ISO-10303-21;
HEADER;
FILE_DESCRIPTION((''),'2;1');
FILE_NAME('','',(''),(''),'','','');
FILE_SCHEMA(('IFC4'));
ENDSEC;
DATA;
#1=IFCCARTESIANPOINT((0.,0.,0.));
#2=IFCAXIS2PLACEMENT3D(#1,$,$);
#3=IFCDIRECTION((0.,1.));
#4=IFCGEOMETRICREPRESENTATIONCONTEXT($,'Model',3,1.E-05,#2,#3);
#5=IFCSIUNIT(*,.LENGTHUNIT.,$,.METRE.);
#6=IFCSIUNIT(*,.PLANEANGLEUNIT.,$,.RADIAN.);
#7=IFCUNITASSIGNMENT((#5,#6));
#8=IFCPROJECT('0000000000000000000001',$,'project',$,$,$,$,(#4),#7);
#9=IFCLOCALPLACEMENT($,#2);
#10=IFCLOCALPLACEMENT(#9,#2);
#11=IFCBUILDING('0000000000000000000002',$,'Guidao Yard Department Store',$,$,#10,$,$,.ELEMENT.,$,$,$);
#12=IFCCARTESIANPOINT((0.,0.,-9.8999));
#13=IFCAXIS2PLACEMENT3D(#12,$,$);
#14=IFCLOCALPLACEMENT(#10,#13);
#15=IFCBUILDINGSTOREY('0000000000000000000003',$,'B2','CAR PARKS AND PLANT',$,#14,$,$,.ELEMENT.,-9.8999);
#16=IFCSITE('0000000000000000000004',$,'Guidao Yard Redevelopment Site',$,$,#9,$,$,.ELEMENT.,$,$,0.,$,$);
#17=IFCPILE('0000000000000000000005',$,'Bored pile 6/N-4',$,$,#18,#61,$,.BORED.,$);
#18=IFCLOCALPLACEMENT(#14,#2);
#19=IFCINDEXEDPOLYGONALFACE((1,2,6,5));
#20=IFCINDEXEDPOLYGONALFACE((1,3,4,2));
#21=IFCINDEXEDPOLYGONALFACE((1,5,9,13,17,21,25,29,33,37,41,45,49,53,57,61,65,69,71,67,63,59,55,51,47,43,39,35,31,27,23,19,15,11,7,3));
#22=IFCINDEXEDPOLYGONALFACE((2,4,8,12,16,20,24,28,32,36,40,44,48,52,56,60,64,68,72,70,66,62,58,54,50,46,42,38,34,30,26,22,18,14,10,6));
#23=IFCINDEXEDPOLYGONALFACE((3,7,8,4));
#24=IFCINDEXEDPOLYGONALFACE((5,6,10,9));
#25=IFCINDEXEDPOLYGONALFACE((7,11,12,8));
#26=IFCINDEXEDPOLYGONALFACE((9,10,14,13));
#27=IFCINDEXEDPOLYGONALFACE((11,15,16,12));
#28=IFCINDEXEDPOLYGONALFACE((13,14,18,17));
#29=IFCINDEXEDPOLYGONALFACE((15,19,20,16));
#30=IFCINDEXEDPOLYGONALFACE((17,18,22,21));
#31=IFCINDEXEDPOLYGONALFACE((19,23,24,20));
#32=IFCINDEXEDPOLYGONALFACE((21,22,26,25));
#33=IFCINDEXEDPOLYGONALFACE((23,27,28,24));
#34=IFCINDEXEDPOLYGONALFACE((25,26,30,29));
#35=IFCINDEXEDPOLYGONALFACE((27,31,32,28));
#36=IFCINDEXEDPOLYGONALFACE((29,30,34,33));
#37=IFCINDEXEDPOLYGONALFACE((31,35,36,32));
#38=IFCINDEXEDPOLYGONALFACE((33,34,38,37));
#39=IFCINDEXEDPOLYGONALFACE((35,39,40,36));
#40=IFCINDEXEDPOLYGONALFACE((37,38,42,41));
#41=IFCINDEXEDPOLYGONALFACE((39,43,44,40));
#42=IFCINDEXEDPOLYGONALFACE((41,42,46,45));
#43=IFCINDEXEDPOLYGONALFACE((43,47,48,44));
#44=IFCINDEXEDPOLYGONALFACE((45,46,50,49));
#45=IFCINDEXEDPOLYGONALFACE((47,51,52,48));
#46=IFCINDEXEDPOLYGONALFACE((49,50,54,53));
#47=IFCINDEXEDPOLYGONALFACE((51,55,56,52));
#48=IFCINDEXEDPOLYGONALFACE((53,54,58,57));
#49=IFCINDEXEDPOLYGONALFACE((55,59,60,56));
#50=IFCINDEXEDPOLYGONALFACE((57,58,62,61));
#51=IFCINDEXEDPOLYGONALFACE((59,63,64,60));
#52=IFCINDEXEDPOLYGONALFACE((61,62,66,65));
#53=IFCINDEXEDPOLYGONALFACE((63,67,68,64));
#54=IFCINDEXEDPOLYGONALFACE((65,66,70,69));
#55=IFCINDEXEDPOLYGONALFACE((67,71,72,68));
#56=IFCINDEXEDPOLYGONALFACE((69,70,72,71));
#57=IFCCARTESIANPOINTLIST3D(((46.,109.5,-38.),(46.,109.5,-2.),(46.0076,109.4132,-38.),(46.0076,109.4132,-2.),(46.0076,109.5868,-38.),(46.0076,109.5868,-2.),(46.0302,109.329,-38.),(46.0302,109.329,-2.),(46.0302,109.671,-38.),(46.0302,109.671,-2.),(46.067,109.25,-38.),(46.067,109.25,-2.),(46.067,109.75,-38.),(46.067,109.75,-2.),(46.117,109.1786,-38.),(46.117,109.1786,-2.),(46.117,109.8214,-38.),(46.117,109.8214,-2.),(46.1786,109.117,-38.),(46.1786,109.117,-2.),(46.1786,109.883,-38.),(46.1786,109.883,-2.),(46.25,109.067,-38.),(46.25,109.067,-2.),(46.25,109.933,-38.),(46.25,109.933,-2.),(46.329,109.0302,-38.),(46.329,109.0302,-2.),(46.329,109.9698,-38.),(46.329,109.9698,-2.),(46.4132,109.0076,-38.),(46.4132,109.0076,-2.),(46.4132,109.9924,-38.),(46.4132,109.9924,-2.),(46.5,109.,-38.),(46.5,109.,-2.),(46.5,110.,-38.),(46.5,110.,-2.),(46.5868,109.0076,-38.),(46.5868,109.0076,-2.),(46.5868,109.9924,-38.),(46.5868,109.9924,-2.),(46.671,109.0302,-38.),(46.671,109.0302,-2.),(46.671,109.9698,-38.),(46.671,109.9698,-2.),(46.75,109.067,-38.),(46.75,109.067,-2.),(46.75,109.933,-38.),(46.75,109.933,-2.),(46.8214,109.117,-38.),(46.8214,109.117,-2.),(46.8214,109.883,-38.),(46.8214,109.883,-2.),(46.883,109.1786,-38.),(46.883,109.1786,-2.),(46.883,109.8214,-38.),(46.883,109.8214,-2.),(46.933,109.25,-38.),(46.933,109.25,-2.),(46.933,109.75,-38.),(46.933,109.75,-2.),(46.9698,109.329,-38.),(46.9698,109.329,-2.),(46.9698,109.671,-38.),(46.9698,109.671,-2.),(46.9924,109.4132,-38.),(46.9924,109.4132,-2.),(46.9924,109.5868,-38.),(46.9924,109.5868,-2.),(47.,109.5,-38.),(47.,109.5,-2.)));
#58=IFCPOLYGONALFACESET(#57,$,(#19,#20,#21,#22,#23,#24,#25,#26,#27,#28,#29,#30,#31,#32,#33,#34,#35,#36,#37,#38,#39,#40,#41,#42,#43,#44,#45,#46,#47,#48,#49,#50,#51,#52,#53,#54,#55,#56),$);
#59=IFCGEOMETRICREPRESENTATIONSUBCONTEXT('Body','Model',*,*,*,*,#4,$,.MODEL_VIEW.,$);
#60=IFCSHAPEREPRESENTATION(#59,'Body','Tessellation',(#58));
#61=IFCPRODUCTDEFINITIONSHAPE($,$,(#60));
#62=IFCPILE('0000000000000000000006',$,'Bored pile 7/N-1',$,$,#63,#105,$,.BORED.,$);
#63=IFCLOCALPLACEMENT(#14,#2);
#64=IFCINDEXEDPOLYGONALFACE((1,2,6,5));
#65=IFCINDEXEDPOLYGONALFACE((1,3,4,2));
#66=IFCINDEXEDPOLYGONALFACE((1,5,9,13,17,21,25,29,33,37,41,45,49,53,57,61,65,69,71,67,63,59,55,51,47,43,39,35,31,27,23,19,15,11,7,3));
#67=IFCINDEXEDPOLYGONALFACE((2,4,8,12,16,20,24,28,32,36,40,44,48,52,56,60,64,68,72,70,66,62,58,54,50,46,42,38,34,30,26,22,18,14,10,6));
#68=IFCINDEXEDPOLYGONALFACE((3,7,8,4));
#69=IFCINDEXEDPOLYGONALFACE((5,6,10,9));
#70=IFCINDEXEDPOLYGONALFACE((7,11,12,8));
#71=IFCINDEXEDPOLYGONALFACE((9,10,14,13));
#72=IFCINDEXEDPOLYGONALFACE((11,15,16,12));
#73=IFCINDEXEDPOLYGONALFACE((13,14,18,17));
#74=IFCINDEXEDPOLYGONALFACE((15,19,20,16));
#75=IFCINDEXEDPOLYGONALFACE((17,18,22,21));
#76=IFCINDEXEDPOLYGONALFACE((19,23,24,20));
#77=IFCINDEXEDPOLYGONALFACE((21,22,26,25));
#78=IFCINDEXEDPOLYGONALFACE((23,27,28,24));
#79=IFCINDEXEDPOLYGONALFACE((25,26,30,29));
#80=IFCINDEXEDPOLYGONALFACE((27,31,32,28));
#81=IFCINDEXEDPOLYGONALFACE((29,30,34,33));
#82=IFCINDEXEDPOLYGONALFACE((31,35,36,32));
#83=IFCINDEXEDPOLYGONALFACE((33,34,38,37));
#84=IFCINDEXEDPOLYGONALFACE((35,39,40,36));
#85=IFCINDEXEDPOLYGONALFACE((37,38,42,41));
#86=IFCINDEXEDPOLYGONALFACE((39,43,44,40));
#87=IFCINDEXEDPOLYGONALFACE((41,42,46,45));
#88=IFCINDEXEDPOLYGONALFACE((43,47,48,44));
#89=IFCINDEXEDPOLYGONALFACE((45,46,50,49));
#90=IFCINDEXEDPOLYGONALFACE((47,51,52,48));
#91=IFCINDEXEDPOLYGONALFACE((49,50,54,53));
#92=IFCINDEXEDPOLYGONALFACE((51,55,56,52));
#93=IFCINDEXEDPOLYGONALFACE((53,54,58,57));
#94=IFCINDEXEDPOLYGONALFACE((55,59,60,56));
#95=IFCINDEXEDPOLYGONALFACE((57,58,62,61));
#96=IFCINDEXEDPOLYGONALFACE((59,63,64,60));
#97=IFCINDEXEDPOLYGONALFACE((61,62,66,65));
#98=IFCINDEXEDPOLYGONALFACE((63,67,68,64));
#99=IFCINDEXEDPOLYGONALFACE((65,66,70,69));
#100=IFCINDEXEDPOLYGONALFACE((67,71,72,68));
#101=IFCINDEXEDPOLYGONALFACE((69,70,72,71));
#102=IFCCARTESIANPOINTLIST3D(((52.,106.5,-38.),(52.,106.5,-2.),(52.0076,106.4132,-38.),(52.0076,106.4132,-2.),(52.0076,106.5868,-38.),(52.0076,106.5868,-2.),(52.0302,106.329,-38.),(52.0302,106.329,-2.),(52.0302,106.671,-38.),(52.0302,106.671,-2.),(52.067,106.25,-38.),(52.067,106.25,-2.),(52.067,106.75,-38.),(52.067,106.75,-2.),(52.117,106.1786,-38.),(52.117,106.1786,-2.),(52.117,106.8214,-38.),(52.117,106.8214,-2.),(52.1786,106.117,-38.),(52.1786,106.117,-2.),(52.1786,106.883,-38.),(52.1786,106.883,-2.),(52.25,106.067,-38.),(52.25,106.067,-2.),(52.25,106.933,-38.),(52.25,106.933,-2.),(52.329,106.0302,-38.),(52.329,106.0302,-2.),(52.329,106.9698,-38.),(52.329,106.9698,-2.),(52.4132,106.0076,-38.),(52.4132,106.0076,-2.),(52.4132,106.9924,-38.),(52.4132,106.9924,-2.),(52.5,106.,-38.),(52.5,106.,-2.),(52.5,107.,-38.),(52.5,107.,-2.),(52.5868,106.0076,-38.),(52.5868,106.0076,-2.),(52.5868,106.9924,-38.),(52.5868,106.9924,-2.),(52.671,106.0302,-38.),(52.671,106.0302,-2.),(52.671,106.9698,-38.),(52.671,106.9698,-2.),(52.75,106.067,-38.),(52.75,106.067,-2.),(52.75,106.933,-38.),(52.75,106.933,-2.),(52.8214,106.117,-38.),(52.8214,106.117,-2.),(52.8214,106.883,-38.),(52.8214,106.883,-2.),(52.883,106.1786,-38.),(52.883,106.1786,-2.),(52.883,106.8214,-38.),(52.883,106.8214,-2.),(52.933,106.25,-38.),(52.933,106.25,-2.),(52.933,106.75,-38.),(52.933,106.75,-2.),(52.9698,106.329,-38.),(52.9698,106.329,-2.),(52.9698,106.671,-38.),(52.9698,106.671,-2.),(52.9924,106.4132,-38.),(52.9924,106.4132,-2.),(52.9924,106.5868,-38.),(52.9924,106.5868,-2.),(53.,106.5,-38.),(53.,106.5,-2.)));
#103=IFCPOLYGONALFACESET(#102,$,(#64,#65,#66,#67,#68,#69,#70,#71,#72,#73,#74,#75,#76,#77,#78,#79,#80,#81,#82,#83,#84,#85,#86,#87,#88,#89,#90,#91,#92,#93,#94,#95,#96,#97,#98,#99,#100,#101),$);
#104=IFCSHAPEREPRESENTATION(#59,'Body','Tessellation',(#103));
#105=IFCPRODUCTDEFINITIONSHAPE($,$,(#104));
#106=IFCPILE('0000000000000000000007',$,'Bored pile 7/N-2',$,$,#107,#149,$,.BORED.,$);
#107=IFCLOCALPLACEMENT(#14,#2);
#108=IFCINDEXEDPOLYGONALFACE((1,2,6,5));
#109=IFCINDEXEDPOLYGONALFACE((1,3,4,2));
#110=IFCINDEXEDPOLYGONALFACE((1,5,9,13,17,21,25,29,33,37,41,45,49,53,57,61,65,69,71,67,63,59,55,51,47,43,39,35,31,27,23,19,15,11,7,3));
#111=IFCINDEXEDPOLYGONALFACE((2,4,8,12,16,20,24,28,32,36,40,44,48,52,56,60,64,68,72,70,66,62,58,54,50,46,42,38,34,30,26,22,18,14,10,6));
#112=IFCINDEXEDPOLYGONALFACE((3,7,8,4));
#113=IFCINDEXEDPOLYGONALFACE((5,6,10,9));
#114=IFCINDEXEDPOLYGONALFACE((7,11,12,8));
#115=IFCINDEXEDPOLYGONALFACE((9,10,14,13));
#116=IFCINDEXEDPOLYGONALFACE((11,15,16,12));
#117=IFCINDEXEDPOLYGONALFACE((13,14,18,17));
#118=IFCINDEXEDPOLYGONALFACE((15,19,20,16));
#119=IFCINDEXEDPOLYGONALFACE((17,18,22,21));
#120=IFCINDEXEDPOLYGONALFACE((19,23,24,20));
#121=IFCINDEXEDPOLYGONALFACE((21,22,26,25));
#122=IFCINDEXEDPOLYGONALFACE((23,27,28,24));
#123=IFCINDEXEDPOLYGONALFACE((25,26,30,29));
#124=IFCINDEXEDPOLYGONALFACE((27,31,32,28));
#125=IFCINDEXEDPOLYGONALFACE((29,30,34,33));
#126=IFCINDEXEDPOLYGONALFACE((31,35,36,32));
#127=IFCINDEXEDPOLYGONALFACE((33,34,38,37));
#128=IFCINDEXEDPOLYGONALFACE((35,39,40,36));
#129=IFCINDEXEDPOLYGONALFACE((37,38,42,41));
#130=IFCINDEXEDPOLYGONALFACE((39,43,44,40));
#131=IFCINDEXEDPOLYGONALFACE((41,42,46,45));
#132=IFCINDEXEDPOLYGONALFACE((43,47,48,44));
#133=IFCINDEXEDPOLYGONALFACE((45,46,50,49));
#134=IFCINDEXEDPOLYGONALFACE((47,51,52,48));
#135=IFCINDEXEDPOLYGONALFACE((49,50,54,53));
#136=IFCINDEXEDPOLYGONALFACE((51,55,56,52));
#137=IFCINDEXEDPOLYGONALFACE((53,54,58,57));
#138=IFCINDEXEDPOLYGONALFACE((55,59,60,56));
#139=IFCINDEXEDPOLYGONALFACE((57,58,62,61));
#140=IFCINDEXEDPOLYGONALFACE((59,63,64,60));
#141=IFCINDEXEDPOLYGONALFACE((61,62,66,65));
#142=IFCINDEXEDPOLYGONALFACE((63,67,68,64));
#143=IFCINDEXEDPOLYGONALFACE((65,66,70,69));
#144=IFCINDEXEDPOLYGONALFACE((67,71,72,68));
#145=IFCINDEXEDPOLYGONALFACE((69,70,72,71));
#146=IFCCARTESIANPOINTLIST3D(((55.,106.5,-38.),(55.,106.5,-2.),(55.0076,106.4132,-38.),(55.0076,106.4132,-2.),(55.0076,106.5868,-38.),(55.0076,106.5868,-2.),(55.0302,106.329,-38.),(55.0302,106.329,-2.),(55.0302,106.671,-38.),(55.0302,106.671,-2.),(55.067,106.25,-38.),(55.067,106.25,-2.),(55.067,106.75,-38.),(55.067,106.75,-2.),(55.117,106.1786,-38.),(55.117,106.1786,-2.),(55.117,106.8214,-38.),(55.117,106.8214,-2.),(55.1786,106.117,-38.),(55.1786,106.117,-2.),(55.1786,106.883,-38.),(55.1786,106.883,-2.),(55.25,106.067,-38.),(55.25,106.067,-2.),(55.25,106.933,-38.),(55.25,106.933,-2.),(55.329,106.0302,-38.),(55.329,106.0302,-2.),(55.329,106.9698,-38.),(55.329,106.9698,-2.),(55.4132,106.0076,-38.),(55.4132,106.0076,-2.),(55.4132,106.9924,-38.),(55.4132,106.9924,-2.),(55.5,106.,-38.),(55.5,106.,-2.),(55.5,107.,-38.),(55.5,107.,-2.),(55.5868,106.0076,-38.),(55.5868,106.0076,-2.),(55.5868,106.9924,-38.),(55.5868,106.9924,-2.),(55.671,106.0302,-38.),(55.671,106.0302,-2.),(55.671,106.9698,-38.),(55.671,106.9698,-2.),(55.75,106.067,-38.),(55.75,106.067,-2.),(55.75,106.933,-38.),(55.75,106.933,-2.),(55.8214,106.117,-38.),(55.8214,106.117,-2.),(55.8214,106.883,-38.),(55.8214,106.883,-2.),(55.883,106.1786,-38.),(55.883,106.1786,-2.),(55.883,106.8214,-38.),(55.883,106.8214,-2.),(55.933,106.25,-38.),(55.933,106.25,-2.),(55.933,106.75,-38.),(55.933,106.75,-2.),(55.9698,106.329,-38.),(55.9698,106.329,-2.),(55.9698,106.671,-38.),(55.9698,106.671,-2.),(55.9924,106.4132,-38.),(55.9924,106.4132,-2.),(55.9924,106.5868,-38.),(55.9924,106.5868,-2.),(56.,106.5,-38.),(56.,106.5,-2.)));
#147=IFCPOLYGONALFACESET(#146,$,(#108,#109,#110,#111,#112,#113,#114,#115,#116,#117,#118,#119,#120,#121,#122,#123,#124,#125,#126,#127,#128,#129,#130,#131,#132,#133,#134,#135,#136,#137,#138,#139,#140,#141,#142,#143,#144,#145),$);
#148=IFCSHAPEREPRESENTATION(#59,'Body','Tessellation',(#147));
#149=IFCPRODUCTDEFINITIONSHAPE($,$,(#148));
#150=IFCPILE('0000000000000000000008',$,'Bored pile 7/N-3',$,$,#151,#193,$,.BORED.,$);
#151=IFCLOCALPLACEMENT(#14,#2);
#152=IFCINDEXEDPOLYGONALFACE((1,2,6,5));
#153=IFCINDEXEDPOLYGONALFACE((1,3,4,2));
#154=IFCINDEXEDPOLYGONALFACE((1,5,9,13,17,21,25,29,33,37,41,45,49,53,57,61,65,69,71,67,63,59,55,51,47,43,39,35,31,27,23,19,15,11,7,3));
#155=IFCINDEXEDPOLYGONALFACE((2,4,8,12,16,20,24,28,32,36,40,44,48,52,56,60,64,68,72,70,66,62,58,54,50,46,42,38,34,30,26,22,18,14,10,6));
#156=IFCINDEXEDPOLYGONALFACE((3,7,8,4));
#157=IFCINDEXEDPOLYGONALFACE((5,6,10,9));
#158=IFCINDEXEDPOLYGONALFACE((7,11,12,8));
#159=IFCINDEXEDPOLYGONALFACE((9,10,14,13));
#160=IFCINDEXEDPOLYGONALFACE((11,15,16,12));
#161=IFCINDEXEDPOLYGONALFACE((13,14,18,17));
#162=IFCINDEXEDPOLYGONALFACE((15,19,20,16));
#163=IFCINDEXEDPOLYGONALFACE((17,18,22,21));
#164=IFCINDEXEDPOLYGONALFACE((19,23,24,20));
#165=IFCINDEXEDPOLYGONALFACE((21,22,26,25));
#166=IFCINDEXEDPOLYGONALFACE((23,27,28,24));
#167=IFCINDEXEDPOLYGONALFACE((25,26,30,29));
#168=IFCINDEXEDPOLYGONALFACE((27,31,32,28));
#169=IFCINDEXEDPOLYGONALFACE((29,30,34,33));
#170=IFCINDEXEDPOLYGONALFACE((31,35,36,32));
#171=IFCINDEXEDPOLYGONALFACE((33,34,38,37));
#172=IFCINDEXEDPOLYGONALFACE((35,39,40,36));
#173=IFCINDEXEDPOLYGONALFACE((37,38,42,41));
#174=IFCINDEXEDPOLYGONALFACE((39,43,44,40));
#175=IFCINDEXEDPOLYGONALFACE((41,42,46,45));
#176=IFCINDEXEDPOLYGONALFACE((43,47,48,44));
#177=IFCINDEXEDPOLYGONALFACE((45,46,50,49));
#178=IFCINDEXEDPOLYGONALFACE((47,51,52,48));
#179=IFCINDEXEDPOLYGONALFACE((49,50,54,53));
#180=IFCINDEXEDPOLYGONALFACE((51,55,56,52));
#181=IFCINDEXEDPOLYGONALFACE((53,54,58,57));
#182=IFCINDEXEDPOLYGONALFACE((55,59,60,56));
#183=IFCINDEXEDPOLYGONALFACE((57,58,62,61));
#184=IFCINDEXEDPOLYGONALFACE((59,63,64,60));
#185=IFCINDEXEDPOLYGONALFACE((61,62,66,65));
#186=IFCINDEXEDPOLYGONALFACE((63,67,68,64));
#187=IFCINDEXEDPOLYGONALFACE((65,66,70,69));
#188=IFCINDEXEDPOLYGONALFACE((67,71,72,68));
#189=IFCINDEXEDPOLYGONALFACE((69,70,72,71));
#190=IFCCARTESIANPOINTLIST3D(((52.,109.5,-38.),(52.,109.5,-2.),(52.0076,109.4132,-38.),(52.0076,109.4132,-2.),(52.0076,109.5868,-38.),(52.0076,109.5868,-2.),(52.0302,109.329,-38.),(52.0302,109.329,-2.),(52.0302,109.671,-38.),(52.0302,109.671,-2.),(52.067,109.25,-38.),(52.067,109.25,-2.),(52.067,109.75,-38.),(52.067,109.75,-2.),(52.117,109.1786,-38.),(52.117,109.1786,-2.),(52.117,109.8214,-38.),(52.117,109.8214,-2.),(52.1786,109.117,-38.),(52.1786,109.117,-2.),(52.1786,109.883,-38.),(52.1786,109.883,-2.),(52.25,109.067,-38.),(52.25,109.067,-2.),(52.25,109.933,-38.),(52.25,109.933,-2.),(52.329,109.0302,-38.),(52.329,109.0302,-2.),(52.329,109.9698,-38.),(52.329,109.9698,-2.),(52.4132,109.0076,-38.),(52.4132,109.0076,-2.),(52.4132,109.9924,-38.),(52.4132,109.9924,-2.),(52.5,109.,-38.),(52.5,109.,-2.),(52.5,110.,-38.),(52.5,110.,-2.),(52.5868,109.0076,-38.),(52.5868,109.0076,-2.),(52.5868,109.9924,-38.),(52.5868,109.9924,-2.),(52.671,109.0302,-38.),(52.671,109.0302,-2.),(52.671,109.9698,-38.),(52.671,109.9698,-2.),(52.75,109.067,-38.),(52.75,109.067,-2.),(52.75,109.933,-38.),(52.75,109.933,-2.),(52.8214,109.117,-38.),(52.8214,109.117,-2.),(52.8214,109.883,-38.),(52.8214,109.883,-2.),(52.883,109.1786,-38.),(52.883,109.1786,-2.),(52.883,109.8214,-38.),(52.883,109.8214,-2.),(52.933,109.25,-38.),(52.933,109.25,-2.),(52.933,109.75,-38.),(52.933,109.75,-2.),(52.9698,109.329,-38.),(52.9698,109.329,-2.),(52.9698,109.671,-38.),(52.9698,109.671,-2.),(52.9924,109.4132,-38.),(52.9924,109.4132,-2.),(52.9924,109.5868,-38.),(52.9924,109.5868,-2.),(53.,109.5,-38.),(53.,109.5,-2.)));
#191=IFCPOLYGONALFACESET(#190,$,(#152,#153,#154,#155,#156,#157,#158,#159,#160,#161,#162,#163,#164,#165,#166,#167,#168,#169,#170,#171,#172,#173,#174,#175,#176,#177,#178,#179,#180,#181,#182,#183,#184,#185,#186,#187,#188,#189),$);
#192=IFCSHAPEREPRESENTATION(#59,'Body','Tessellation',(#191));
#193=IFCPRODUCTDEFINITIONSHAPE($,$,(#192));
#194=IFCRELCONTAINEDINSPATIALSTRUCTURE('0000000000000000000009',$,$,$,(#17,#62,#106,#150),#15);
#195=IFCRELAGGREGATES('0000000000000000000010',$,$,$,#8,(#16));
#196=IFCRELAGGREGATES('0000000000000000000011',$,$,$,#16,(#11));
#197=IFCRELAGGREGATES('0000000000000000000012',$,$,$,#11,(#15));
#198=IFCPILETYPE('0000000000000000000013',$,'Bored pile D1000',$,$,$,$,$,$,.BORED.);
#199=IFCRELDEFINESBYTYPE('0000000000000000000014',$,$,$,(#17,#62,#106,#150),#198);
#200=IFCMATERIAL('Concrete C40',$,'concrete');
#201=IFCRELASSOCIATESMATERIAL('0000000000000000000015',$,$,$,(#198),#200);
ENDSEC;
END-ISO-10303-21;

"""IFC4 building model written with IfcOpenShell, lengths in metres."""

from ifc_helpers import new_model, si_unit, direction, frame, origin, origin_2d, place, context, subcontext, project, spatial, circle, extrude, material, material_profile, profile_set, type_object, element, save


model = new_model("IFC4")

# Units and contexts
model_context = context("Model", 3, precision=1e-05, world=origin(), true_north=direction((0.0, 1.0)))
body_context = subcontext(model_context, "Body", "Model", "MODEL_VIEW")
ifc_project = project(units=[si_unit("LENGTHUNIT", "METRE"), si_unit("PLANEANGLEUNIT", "RADIAN")], contexts=[model_context])

# Site, building, storey
site_placement = place(None, origin())
site = spatial("IfcSite", under=ifc_project, at=site_placement, Name="Guidao Yard Redevelopment Site", CompositionType="ELEMENT", RefElevation=0.0)
building_placement = place(site_placement, origin())
building = spatial("IfcBuilding", under=site, at=building_placement, Name="Guidao Yard Department Store", CompositionType="ELEMENT")
storey_placement = place(building_placement, frame((0.0, 0.0, -9.8999)))
storey = spatial("IfcBuildingStorey", under=building, at=storey_placement, Name="B2", Description="CAR PARKS AND PLANT", CompositionType="ELEMENT", Elevation=-9.8999)

# Piles
ifc_material_1 = material(Name="Concrete C40", Category="concrete")
ifc_material_profile_1 = material_profile(ifc_material_1, circle(Radius=0.5, at=origin_2d()), Name="Bored pile D1000")
ifc_profile_set_1 = profile_set([ifc_material_profile_1], Name="Concrete C40")
pile_type = type_object("IfcPileType", Name="Bored pile D1000", PredefinedType="BORED", material=ifc_profile_set_1)
for number, where, z_axis, x_axis, name in (
    (1, (46.5, 109.5, -2.0), (0.0, 0.0, -1.0), (1.0, 0.0, 0.0), "Bored pile 6/N-4"),
    (2, (52.5, 106.5, -2.0), (0.0, 0.0, -1.0), (1.0, 0.0, 0.0), "Bored pile 7/N-1"),
    (3, (55.5, 106.5, -2.0), (0.0, 0.0, -1.0), (1.0, 0.0, 0.0), "Bored pile 7/N-2"),
    (4, (52.5, 109.5, -2.0), (0.0, 0.0, -1.0), (1.0, 0.0, 0.0), "Bored pile 7/N-3"),
):
    element("IfcPile", number, at=place(storey_placement, frame(where, z_axis=z_axis, x_axis=x_axis)), inside=storey, type_object=pile_type, Name=name, PredefinedType="BORED", context=body_context, shape_type="SweptSolid", body=[
        extrude(circle(Radius=0.5, at=origin_2d()), origin(), (0.0, 0.0, 1.0), 36.0),
    ])

save(model, "model.ifc")
